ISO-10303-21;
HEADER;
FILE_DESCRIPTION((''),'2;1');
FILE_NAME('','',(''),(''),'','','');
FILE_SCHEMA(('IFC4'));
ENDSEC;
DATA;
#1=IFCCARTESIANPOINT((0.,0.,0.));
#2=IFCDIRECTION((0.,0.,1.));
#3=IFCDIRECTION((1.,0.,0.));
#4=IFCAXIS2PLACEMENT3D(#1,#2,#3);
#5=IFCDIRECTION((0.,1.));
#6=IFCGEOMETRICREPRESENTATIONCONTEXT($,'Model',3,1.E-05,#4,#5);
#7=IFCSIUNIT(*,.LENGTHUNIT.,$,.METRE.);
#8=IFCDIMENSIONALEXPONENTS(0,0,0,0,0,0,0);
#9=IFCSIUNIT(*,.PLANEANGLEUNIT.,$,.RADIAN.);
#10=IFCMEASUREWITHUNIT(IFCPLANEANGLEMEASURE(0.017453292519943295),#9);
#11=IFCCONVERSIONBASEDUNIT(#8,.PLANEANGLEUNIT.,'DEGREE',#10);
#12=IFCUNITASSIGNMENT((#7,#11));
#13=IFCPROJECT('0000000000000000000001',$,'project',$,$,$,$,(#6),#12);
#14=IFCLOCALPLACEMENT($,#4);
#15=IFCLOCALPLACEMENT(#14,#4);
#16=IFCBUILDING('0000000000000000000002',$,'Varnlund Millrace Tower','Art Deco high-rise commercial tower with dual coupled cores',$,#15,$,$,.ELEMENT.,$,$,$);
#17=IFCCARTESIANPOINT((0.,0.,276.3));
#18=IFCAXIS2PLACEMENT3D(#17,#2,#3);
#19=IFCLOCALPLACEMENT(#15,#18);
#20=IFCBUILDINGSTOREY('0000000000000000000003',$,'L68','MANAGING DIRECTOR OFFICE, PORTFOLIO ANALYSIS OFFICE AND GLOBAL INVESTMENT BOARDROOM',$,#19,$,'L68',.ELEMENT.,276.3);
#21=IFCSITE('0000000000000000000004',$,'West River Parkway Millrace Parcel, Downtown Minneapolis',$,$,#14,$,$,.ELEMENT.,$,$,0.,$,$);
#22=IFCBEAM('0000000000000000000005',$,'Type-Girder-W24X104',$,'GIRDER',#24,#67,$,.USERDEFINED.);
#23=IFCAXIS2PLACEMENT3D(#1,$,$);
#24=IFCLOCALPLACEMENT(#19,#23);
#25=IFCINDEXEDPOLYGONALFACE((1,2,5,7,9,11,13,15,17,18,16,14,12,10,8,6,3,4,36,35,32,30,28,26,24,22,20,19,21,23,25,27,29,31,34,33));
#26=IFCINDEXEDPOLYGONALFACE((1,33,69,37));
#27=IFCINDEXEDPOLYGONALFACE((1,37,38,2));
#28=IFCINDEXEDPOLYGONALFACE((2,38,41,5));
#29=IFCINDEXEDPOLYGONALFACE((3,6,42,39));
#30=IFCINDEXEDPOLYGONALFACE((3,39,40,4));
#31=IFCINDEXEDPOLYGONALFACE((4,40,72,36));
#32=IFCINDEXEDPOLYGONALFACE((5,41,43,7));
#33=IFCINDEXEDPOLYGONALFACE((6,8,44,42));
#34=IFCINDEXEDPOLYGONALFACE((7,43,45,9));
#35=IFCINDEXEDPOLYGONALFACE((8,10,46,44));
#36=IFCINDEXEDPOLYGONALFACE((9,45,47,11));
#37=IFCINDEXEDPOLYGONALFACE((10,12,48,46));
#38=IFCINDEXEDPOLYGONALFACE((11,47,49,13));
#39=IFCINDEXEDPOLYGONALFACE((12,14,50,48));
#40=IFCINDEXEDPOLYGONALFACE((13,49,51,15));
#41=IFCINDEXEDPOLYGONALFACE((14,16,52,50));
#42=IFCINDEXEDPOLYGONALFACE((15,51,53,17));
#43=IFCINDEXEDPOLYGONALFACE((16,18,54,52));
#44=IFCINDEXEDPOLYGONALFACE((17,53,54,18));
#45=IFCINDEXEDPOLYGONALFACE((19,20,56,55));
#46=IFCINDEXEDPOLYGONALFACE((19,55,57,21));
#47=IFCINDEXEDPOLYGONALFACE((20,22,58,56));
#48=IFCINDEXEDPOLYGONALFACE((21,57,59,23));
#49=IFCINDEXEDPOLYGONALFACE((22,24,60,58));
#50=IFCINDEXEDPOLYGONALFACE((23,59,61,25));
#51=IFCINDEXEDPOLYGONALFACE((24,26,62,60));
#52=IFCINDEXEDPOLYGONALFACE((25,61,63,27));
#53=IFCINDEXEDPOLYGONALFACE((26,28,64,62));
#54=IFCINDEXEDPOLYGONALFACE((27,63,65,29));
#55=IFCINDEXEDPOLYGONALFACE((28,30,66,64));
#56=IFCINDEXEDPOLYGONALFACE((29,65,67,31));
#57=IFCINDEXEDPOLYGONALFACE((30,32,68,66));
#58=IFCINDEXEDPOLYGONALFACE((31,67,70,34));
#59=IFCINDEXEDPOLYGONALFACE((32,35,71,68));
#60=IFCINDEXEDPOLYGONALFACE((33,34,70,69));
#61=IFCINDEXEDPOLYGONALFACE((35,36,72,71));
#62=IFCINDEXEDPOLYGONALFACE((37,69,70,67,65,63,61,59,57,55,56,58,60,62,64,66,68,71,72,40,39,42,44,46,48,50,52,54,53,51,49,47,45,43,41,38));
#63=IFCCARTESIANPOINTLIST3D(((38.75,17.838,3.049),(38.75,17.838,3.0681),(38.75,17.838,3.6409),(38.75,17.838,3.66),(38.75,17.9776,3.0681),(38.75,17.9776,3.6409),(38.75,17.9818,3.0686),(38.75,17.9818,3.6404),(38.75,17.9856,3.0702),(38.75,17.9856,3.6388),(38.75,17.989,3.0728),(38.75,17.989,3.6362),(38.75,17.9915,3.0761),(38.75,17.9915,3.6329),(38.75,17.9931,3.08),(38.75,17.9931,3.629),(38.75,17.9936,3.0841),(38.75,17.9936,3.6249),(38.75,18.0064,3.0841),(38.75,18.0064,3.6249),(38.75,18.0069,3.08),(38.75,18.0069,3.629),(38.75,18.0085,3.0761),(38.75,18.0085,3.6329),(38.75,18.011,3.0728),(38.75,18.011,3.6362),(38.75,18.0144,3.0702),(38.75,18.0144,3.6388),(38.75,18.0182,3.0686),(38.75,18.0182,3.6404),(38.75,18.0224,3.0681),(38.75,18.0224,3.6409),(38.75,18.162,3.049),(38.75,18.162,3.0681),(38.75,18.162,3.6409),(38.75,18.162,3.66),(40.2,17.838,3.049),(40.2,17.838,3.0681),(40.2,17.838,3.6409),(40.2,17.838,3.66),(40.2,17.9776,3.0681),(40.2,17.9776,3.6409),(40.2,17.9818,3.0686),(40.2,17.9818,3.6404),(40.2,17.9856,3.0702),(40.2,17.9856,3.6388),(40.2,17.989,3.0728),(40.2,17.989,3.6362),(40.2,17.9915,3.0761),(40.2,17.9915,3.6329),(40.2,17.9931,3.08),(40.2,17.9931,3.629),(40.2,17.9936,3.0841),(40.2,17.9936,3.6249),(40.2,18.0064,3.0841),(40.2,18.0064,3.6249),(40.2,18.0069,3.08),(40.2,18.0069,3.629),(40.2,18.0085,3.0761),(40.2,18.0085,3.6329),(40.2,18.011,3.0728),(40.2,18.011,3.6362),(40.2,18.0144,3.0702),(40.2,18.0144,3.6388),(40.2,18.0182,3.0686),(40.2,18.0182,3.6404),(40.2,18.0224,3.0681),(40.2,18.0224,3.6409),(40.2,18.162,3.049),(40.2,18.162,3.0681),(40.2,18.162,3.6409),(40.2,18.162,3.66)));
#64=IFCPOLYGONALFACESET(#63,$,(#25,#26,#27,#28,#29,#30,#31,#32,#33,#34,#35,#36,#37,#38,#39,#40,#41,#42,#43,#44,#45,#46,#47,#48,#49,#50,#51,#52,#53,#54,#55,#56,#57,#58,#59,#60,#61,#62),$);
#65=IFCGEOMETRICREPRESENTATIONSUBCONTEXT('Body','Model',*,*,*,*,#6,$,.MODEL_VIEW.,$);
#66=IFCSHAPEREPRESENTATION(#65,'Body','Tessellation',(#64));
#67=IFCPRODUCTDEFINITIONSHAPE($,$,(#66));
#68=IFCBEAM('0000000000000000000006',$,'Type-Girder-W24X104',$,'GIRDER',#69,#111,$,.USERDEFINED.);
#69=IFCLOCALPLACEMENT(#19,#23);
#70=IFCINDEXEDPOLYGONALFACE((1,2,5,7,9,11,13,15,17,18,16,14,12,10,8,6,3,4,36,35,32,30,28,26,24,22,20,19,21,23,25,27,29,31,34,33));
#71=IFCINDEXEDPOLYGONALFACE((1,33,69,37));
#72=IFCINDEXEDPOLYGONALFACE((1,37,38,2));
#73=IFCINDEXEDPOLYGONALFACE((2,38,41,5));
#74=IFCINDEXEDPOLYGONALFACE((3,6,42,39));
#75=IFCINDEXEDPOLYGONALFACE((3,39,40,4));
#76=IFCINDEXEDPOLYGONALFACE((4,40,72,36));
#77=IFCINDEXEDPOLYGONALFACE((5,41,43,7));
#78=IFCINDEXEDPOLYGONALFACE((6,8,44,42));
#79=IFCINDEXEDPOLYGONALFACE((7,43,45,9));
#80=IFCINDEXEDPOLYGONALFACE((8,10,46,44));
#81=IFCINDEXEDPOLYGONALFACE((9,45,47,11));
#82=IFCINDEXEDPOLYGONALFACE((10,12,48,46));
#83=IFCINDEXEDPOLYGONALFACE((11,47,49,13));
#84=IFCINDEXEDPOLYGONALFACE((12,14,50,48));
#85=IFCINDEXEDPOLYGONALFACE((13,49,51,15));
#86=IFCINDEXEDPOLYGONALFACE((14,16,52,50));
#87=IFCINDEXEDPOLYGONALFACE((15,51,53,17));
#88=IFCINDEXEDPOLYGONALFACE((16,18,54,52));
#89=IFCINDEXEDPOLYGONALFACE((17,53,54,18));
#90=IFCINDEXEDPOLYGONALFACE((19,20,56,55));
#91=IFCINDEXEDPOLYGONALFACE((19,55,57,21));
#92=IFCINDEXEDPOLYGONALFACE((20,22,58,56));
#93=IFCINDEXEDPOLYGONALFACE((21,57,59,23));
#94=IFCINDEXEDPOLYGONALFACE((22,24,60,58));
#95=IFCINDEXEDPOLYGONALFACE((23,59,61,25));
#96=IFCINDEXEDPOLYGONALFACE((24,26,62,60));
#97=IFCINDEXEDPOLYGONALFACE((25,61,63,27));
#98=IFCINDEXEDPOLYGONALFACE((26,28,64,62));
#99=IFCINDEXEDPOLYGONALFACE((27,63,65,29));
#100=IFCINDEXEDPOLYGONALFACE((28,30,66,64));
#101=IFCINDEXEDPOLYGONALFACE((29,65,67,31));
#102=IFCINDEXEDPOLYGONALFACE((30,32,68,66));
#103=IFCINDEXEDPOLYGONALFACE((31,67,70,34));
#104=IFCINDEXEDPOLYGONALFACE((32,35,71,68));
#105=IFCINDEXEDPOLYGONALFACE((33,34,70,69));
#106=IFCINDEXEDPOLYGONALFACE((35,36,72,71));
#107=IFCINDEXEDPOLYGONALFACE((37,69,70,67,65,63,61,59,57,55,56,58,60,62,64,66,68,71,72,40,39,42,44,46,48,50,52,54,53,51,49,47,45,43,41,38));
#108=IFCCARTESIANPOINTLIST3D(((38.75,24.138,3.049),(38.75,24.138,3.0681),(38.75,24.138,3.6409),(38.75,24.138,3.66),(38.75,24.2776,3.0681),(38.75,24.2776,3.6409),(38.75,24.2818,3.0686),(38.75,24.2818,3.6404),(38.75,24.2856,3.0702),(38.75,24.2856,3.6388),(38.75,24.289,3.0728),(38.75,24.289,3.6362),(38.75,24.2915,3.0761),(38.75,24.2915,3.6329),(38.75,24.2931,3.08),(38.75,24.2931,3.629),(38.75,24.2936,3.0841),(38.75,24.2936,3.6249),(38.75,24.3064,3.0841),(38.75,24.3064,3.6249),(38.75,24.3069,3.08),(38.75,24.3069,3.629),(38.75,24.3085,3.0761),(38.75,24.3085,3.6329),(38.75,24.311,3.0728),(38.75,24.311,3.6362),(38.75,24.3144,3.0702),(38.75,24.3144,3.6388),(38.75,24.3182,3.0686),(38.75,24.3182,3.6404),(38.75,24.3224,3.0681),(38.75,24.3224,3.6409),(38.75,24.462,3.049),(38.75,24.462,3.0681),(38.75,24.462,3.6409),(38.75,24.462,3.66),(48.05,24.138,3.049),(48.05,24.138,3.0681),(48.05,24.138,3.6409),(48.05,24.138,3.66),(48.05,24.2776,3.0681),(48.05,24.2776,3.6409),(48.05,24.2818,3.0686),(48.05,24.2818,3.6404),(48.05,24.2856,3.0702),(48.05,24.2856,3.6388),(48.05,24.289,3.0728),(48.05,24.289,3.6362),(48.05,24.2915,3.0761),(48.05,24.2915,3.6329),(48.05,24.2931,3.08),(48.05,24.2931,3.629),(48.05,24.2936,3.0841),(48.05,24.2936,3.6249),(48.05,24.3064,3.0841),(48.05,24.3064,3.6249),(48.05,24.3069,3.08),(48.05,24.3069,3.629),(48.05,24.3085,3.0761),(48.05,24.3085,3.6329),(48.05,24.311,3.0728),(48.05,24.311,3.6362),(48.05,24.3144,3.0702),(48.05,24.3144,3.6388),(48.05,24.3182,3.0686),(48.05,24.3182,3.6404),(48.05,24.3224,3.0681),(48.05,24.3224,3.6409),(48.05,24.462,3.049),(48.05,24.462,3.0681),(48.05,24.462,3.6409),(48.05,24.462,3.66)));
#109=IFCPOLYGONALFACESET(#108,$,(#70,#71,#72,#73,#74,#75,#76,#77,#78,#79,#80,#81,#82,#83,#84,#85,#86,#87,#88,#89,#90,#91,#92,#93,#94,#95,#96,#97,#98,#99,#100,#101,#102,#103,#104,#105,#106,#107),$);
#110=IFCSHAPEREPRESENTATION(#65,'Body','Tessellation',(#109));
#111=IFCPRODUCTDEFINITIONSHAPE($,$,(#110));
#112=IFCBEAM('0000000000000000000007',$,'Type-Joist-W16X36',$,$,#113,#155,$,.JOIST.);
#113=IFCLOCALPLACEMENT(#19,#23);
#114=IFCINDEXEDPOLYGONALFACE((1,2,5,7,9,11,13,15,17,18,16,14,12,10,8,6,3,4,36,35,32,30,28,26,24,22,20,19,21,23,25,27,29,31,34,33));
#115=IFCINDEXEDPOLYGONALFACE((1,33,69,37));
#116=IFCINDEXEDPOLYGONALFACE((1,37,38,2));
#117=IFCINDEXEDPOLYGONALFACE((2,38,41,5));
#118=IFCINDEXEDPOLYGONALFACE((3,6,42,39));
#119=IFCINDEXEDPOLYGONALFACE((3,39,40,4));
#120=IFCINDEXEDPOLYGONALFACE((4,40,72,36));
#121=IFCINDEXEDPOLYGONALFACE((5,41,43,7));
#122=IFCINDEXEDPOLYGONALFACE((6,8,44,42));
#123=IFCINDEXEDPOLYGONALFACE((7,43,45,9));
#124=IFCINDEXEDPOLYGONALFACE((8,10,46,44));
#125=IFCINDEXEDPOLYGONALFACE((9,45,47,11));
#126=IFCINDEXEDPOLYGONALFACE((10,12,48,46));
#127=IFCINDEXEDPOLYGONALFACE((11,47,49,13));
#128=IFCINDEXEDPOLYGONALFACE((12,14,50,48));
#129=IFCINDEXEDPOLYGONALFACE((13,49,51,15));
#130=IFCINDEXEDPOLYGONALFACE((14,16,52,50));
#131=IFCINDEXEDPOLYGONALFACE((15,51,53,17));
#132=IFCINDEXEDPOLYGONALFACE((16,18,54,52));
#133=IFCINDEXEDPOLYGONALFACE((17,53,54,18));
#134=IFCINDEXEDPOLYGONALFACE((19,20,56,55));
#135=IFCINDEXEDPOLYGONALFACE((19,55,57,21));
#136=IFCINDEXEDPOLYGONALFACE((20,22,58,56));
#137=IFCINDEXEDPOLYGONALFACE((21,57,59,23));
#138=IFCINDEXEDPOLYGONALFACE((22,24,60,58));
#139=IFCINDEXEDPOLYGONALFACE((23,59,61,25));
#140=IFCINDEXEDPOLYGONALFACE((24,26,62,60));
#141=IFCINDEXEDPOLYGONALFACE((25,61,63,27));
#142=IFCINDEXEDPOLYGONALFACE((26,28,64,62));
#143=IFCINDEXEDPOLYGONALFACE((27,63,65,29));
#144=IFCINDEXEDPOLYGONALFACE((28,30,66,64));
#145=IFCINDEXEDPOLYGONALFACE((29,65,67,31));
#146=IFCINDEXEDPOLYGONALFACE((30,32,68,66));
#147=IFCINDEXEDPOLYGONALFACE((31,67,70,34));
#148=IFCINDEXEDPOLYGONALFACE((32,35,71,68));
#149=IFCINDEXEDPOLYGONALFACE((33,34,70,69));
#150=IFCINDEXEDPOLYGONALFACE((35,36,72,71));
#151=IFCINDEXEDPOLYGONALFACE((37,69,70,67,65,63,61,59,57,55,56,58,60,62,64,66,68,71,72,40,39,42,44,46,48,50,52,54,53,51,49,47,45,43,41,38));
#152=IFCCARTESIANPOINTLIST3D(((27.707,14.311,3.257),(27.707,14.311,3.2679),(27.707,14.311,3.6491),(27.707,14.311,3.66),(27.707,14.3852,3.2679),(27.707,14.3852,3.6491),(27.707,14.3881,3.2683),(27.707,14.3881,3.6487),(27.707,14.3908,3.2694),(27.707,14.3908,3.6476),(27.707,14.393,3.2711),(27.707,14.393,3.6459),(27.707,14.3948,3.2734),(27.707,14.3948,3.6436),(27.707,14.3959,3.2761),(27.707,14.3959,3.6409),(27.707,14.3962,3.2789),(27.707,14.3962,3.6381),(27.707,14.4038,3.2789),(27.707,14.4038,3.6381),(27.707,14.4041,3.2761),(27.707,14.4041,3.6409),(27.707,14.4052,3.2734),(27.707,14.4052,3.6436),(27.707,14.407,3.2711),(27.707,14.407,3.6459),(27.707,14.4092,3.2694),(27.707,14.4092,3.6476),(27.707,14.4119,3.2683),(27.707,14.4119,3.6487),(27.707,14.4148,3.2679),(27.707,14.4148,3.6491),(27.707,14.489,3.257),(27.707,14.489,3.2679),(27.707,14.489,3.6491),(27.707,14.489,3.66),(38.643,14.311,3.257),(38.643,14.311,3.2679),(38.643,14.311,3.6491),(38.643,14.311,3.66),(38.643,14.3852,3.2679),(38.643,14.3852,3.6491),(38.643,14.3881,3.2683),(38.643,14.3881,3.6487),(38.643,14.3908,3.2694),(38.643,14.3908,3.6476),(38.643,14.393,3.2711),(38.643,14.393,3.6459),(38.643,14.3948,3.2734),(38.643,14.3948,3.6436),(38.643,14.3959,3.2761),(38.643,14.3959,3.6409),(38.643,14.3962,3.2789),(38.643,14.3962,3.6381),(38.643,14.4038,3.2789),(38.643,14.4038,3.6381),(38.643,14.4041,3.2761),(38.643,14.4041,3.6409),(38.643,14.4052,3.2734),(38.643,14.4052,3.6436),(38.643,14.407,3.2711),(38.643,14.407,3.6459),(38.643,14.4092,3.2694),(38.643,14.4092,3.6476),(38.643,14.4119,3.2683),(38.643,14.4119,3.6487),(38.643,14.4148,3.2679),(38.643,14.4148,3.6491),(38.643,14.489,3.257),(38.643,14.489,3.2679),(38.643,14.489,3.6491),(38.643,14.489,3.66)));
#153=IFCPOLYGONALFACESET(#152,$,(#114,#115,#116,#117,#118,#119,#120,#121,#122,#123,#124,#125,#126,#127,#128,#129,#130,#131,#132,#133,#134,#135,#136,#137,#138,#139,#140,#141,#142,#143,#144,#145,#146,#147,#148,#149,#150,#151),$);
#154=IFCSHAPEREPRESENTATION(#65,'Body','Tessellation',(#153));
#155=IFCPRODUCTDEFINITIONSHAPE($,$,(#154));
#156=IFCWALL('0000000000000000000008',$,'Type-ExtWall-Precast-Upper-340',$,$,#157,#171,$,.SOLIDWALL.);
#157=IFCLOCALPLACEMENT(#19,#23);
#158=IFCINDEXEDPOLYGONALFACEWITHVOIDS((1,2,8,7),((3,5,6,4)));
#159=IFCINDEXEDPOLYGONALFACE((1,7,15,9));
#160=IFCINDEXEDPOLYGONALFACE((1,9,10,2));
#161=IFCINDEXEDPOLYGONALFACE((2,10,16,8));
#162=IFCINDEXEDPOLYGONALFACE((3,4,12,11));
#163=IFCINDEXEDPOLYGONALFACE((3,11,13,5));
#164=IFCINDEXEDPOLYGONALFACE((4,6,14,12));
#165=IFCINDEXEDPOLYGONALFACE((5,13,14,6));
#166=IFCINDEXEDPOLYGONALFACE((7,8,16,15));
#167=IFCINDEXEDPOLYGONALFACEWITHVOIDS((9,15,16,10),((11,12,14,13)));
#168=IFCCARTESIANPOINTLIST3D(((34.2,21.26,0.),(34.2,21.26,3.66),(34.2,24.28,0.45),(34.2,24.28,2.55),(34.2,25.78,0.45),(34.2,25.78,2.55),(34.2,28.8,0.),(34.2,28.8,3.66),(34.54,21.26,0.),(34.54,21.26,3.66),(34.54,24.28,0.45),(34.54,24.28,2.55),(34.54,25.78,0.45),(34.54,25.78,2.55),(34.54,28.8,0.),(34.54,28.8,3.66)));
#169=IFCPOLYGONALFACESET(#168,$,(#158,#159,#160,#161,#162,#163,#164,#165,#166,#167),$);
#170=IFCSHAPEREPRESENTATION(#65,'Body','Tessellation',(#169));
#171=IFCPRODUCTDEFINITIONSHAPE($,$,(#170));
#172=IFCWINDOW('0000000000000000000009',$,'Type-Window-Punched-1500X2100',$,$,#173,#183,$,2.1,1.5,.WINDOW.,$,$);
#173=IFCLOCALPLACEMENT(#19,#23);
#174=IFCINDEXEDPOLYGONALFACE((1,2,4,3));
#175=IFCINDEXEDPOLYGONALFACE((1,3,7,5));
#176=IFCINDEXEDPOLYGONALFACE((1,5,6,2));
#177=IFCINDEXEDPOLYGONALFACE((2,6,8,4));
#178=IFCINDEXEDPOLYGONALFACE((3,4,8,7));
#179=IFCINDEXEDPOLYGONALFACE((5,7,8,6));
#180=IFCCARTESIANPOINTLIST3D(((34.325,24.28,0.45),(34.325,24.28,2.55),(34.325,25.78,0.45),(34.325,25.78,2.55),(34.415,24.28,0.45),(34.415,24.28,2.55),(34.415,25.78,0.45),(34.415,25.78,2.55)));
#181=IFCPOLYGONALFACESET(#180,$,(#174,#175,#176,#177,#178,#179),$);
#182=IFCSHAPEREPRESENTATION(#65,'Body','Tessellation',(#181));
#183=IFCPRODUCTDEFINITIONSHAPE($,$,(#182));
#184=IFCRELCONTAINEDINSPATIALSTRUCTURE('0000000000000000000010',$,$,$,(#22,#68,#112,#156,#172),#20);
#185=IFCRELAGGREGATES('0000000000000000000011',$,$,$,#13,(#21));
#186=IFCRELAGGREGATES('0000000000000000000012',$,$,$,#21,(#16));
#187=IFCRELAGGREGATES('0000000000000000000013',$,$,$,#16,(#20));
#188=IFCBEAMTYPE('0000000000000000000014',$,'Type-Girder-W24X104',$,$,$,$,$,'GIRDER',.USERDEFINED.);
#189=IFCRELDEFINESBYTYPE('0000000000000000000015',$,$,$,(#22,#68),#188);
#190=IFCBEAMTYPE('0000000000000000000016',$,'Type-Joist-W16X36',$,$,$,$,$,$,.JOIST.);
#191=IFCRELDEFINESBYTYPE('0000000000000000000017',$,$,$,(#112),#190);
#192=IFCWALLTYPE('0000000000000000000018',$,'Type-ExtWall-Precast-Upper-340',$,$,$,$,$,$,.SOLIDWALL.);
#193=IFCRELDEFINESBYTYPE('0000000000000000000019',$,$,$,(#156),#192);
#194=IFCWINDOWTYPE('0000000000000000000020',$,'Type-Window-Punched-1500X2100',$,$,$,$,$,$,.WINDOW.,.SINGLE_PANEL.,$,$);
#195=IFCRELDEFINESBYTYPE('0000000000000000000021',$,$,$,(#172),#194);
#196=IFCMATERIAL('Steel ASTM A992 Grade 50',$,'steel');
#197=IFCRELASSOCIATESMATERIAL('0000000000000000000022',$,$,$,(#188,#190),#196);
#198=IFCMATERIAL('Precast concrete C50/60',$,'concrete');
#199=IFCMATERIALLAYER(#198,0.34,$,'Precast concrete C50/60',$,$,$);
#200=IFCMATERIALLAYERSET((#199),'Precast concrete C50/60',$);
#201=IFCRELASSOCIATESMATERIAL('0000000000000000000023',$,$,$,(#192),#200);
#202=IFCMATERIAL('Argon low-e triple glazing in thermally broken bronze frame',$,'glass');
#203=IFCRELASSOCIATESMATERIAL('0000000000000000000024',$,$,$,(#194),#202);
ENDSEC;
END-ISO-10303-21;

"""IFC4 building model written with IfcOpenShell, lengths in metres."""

from ifc_helpers import new_model, entity, si_unit, converted_unit, direction, frame, origin_with_axes, origin_2d_with_axis, place, context, subcontext, project, spatial, polyline, rectangle, i_section, outline, extrude, material, layer, layer_set, material_profile, profile_set, type_object, element, fill, save


model = new_model("IFC4")

# Units and contexts
model_context = context("Model", 3, precision=1e-05, world=origin_with_axes(), true_north=direction((0.0, 1.0)))
body_context = subcontext(model_context, "Body", "Model", "MODEL_VIEW")
ifc_project = project(units=[si_unit("LENGTHUNIT", "METRE"), converted_unit("PLANEANGLEUNIT", "DEGREE", entity("IfcPlaneAngleMeasure", 0.017453292519943295), si_unit("PLANEANGLEUNIT", "RADIAN"), dimensions=[0, 0, 0, 0, 0, 0, 0])], contexts=[model_context])

# Site, building, storey
site_placement = place(None, origin_with_axes())
site = spatial("IfcSite", under=ifc_project, at=site_placement, Name="West River Parkway Millrace Parcel, Downtown Minneapolis", CompositionType="ELEMENT", RefElevation=0.0)
building_placement = place(site_placement, origin_with_axes())
building = spatial("IfcBuilding", under=site, at=building_placement, Name="Varnlund Millrace Tower", Description="Art Deco high-rise commercial tower with dual coupled cores", CompositionType="ELEMENT")
storey_placement = place(building_placement, frame((0.0, 0.0, 276.3), z_axis=(0.0, 0.0, 1.0), x_axis=(1.0, 0.0, 0.0)))
storey = spatial("IfcBuildingStorey", under=building, at=storey_placement, Name="L68", Description="MANAGING DIRECTOR OFFICE, PORTFOLIO ANALYSIS OFFICE AND GLOBAL INVESTMENT BOARDROOM", LongName="L68", CompositionType="ELEMENT", Elevation=276.3)

# Beams
ifc_material_1 = material(Name="Steel ASTM A992 Grade 50", Category="steel")
ifc_material_profile_1 = material_profile(ifc_material_1, i_section(OverallWidth=0.324, OverallDepth=0.611, WebThickness=0.0127, FlangeThickness=0.0191, FilletRadius=0.016, at=origin_2d_with_axis()), Name="Steel ASTM A992 Grade 50")
ifc_profile_set_1 = profile_set([ifc_material_profile_1], Name="Steel ASTM A992 Grade 50")
beam_type_1 = type_object("IfcBeamType", Name="Type-Girder-W24X104", ElementType="GIRDER", PredefinedType="USERDEFINED", material=ifc_profile_set_1)
beam_1_placement = place(storey_placement, frame((38.75, 18.0, 3.3545), z_axis=(1.0, 0.0, 0.0), x_axis=(0.0, 1.0, 0.0)))
element("IfcBeam", 1, at=beam_1_placement, inside=storey, type_object=beam_type_1, Name="Type-Girder-W24X104", ObjectType="GIRDER", PredefinedType="USERDEFINED", context=body_context, shape_type="SweptSolid", body=[
    extrude(i_section(OverallWidth=0.324, OverallDepth=0.611, WebThickness=0.0127, FlangeThickness=0.0191, FilletRadius=0.016, at=origin_2d_with_axis()), origin_with_axes(), (0.0, 0.0, 1.0), 1.45),
])
beam_2_placement = place(storey_placement, frame((38.75, 24.3, 3.3545), z_axis=(1.0, 0.0, 0.0), x_axis=(0.0, 1.0, 0.0)))
element("IfcBeam", 2, at=beam_2_placement, inside=storey, type_object=beam_type_1, Name="Type-Girder-W24X104", ObjectType="GIRDER", PredefinedType="USERDEFINED", context=body_context, shape_type="SweptSolid", body=[
    extrude(i_section(OverallWidth=0.324, OverallDepth=0.611, WebThickness=0.0127, FlangeThickness=0.0191, FilletRadius=0.016, at=origin_2d_with_axis()), origin_with_axes(), (0.0, 0.0, 1.0), 9.3),
])
ifc_material_profile_2 = material_profile(ifc_material_1, i_section(OverallWidth=0.178, OverallDepth=0.403, WebThickness=0.0075, FlangeThickness=0.0109, FilletRadius=0.011, at=origin_2d_with_axis()), Name="Steel ASTM A992 Grade 50")
ifc_profile_set_2 = profile_set([ifc_material_profile_2], Name="Steel ASTM A992 Grade 50")
beam_type_2 = type_object("IfcBeamType", Name="Type-Joist-W16X36", PredefinedType="JOIST", material=ifc_profile_set_2)
beam_3_placement = place(storey_placement, frame((27.707, 14.4, 3.4585), z_axis=(1.0, 0.0, 0.0), x_axis=(0.0, 1.0, 0.0)))
element("IfcBeam", 3, at=beam_3_placement, inside=storey, type_object=beam_type_2, Name="Type-Joist-W16X36", PredefinedType="JOIST", context=body_context, shape_type="SweptSolid", body=[
    extrude(i_section(OverallWidth=0.178, OverallDepth=0.403, WebThickness=0.0075, FlangeThickness=0.0109, FilletRadius=0.011, at=origin_2d_with_axis()), origin_with_axes(), (0.0, 0.0, 1.0), 10.936),
])

# Wall, opening, window
ifc_material_2 = material(Name="Precast concrete C50/60", Category="concrete")
ifc_layer_1 = layer(ifc_material_2, 0.34, Name="Precast concrete C50/60")
ifc_layer_set_1 = layer_set([ifc_layer_1], Name="Precast concrete C50/60")
wall_type_1 = type_object("IfcWallType", Name="Type-ExtWall-Precast-Upper-340", PredefinedType="SOLIDWALL", material=ifc_layer_set_1)
wall_1_placement = place(storey_placement, frame((34.37, 21.26, 0.0), z_axis=(0.0, 0.0, 1.0), x_axis=(0.0, 1.0, 0.0)))
wall_1 = element("IfcWall", 4, at=wall_1_placement, inside=storey, type_object=wall_type_1, Name="Type-ExtWall-Precast-Upper-340", PredefinedType="SOLIDWALL", context=body_context, shape_type="SweptSolid", body=[
    extrude(outline(polyline([(0.0, -0.17), (7.54, -0.17), (7.54, 0.17), (0.0, 0.17), (0.0, -0.17)])), origin_with_axes(), (0.0, 0.0, 1.0), 3.66),
])
opening_placement = place(wall_1_placement, frame((3.77, 0.0, 0.45), z_axis=(0.0, 0.0, 1.0), x_axis=(1.0, 0.0, 0.0)))
opening = element("IfcOpeningElement", 5, at=opening_placement, cuts=wall_1, PredefinedType="OPENING", context=body_context, shape_type="SweptSolid", body=[
    extrude(rectangle(XDim=1.5, YDim=0.36, at=origin_2d_with_axis()), origin_with_axes(), (0.0, 0.0, 1.0), 2.1),
])
ifc_material_3 = material(Name="Argon low-e triple glazing in thermally broken bronze frame", Category="glass")
window_type = type_object("IfcWindowType", Name="Type-Window-Punched-1500X2100", PartitioningType="SINGLE_PANEL", PredefinedType="WINDOW", material=ifc_material_3)
window_placement = place(wall_1_placement, frame((3.77, 0.0, 0.45), z_axis=(0.0, 0.0, 1.0), x_axis=(1.0, 0.0, 0.0)))
window = element("IfcWindow", 6, at=window_placement, inside=storey, type_object=window_type, Name="Type-Window-Punched-1500X2100", OverallHeight=2.1, OverallWidth=1.5, PredefinedType="WINDOW", context=body_context, shape_type="SweptSolid", body=[
    extrude(rectangle(XDim=1.5, YDim=0.09, at=origin_2d_with_axis()), origin_with_axes(), (0.0, 0.0, 1.0), 2.1),
])
fill(opening, window)

save(model, "model.ifc")
